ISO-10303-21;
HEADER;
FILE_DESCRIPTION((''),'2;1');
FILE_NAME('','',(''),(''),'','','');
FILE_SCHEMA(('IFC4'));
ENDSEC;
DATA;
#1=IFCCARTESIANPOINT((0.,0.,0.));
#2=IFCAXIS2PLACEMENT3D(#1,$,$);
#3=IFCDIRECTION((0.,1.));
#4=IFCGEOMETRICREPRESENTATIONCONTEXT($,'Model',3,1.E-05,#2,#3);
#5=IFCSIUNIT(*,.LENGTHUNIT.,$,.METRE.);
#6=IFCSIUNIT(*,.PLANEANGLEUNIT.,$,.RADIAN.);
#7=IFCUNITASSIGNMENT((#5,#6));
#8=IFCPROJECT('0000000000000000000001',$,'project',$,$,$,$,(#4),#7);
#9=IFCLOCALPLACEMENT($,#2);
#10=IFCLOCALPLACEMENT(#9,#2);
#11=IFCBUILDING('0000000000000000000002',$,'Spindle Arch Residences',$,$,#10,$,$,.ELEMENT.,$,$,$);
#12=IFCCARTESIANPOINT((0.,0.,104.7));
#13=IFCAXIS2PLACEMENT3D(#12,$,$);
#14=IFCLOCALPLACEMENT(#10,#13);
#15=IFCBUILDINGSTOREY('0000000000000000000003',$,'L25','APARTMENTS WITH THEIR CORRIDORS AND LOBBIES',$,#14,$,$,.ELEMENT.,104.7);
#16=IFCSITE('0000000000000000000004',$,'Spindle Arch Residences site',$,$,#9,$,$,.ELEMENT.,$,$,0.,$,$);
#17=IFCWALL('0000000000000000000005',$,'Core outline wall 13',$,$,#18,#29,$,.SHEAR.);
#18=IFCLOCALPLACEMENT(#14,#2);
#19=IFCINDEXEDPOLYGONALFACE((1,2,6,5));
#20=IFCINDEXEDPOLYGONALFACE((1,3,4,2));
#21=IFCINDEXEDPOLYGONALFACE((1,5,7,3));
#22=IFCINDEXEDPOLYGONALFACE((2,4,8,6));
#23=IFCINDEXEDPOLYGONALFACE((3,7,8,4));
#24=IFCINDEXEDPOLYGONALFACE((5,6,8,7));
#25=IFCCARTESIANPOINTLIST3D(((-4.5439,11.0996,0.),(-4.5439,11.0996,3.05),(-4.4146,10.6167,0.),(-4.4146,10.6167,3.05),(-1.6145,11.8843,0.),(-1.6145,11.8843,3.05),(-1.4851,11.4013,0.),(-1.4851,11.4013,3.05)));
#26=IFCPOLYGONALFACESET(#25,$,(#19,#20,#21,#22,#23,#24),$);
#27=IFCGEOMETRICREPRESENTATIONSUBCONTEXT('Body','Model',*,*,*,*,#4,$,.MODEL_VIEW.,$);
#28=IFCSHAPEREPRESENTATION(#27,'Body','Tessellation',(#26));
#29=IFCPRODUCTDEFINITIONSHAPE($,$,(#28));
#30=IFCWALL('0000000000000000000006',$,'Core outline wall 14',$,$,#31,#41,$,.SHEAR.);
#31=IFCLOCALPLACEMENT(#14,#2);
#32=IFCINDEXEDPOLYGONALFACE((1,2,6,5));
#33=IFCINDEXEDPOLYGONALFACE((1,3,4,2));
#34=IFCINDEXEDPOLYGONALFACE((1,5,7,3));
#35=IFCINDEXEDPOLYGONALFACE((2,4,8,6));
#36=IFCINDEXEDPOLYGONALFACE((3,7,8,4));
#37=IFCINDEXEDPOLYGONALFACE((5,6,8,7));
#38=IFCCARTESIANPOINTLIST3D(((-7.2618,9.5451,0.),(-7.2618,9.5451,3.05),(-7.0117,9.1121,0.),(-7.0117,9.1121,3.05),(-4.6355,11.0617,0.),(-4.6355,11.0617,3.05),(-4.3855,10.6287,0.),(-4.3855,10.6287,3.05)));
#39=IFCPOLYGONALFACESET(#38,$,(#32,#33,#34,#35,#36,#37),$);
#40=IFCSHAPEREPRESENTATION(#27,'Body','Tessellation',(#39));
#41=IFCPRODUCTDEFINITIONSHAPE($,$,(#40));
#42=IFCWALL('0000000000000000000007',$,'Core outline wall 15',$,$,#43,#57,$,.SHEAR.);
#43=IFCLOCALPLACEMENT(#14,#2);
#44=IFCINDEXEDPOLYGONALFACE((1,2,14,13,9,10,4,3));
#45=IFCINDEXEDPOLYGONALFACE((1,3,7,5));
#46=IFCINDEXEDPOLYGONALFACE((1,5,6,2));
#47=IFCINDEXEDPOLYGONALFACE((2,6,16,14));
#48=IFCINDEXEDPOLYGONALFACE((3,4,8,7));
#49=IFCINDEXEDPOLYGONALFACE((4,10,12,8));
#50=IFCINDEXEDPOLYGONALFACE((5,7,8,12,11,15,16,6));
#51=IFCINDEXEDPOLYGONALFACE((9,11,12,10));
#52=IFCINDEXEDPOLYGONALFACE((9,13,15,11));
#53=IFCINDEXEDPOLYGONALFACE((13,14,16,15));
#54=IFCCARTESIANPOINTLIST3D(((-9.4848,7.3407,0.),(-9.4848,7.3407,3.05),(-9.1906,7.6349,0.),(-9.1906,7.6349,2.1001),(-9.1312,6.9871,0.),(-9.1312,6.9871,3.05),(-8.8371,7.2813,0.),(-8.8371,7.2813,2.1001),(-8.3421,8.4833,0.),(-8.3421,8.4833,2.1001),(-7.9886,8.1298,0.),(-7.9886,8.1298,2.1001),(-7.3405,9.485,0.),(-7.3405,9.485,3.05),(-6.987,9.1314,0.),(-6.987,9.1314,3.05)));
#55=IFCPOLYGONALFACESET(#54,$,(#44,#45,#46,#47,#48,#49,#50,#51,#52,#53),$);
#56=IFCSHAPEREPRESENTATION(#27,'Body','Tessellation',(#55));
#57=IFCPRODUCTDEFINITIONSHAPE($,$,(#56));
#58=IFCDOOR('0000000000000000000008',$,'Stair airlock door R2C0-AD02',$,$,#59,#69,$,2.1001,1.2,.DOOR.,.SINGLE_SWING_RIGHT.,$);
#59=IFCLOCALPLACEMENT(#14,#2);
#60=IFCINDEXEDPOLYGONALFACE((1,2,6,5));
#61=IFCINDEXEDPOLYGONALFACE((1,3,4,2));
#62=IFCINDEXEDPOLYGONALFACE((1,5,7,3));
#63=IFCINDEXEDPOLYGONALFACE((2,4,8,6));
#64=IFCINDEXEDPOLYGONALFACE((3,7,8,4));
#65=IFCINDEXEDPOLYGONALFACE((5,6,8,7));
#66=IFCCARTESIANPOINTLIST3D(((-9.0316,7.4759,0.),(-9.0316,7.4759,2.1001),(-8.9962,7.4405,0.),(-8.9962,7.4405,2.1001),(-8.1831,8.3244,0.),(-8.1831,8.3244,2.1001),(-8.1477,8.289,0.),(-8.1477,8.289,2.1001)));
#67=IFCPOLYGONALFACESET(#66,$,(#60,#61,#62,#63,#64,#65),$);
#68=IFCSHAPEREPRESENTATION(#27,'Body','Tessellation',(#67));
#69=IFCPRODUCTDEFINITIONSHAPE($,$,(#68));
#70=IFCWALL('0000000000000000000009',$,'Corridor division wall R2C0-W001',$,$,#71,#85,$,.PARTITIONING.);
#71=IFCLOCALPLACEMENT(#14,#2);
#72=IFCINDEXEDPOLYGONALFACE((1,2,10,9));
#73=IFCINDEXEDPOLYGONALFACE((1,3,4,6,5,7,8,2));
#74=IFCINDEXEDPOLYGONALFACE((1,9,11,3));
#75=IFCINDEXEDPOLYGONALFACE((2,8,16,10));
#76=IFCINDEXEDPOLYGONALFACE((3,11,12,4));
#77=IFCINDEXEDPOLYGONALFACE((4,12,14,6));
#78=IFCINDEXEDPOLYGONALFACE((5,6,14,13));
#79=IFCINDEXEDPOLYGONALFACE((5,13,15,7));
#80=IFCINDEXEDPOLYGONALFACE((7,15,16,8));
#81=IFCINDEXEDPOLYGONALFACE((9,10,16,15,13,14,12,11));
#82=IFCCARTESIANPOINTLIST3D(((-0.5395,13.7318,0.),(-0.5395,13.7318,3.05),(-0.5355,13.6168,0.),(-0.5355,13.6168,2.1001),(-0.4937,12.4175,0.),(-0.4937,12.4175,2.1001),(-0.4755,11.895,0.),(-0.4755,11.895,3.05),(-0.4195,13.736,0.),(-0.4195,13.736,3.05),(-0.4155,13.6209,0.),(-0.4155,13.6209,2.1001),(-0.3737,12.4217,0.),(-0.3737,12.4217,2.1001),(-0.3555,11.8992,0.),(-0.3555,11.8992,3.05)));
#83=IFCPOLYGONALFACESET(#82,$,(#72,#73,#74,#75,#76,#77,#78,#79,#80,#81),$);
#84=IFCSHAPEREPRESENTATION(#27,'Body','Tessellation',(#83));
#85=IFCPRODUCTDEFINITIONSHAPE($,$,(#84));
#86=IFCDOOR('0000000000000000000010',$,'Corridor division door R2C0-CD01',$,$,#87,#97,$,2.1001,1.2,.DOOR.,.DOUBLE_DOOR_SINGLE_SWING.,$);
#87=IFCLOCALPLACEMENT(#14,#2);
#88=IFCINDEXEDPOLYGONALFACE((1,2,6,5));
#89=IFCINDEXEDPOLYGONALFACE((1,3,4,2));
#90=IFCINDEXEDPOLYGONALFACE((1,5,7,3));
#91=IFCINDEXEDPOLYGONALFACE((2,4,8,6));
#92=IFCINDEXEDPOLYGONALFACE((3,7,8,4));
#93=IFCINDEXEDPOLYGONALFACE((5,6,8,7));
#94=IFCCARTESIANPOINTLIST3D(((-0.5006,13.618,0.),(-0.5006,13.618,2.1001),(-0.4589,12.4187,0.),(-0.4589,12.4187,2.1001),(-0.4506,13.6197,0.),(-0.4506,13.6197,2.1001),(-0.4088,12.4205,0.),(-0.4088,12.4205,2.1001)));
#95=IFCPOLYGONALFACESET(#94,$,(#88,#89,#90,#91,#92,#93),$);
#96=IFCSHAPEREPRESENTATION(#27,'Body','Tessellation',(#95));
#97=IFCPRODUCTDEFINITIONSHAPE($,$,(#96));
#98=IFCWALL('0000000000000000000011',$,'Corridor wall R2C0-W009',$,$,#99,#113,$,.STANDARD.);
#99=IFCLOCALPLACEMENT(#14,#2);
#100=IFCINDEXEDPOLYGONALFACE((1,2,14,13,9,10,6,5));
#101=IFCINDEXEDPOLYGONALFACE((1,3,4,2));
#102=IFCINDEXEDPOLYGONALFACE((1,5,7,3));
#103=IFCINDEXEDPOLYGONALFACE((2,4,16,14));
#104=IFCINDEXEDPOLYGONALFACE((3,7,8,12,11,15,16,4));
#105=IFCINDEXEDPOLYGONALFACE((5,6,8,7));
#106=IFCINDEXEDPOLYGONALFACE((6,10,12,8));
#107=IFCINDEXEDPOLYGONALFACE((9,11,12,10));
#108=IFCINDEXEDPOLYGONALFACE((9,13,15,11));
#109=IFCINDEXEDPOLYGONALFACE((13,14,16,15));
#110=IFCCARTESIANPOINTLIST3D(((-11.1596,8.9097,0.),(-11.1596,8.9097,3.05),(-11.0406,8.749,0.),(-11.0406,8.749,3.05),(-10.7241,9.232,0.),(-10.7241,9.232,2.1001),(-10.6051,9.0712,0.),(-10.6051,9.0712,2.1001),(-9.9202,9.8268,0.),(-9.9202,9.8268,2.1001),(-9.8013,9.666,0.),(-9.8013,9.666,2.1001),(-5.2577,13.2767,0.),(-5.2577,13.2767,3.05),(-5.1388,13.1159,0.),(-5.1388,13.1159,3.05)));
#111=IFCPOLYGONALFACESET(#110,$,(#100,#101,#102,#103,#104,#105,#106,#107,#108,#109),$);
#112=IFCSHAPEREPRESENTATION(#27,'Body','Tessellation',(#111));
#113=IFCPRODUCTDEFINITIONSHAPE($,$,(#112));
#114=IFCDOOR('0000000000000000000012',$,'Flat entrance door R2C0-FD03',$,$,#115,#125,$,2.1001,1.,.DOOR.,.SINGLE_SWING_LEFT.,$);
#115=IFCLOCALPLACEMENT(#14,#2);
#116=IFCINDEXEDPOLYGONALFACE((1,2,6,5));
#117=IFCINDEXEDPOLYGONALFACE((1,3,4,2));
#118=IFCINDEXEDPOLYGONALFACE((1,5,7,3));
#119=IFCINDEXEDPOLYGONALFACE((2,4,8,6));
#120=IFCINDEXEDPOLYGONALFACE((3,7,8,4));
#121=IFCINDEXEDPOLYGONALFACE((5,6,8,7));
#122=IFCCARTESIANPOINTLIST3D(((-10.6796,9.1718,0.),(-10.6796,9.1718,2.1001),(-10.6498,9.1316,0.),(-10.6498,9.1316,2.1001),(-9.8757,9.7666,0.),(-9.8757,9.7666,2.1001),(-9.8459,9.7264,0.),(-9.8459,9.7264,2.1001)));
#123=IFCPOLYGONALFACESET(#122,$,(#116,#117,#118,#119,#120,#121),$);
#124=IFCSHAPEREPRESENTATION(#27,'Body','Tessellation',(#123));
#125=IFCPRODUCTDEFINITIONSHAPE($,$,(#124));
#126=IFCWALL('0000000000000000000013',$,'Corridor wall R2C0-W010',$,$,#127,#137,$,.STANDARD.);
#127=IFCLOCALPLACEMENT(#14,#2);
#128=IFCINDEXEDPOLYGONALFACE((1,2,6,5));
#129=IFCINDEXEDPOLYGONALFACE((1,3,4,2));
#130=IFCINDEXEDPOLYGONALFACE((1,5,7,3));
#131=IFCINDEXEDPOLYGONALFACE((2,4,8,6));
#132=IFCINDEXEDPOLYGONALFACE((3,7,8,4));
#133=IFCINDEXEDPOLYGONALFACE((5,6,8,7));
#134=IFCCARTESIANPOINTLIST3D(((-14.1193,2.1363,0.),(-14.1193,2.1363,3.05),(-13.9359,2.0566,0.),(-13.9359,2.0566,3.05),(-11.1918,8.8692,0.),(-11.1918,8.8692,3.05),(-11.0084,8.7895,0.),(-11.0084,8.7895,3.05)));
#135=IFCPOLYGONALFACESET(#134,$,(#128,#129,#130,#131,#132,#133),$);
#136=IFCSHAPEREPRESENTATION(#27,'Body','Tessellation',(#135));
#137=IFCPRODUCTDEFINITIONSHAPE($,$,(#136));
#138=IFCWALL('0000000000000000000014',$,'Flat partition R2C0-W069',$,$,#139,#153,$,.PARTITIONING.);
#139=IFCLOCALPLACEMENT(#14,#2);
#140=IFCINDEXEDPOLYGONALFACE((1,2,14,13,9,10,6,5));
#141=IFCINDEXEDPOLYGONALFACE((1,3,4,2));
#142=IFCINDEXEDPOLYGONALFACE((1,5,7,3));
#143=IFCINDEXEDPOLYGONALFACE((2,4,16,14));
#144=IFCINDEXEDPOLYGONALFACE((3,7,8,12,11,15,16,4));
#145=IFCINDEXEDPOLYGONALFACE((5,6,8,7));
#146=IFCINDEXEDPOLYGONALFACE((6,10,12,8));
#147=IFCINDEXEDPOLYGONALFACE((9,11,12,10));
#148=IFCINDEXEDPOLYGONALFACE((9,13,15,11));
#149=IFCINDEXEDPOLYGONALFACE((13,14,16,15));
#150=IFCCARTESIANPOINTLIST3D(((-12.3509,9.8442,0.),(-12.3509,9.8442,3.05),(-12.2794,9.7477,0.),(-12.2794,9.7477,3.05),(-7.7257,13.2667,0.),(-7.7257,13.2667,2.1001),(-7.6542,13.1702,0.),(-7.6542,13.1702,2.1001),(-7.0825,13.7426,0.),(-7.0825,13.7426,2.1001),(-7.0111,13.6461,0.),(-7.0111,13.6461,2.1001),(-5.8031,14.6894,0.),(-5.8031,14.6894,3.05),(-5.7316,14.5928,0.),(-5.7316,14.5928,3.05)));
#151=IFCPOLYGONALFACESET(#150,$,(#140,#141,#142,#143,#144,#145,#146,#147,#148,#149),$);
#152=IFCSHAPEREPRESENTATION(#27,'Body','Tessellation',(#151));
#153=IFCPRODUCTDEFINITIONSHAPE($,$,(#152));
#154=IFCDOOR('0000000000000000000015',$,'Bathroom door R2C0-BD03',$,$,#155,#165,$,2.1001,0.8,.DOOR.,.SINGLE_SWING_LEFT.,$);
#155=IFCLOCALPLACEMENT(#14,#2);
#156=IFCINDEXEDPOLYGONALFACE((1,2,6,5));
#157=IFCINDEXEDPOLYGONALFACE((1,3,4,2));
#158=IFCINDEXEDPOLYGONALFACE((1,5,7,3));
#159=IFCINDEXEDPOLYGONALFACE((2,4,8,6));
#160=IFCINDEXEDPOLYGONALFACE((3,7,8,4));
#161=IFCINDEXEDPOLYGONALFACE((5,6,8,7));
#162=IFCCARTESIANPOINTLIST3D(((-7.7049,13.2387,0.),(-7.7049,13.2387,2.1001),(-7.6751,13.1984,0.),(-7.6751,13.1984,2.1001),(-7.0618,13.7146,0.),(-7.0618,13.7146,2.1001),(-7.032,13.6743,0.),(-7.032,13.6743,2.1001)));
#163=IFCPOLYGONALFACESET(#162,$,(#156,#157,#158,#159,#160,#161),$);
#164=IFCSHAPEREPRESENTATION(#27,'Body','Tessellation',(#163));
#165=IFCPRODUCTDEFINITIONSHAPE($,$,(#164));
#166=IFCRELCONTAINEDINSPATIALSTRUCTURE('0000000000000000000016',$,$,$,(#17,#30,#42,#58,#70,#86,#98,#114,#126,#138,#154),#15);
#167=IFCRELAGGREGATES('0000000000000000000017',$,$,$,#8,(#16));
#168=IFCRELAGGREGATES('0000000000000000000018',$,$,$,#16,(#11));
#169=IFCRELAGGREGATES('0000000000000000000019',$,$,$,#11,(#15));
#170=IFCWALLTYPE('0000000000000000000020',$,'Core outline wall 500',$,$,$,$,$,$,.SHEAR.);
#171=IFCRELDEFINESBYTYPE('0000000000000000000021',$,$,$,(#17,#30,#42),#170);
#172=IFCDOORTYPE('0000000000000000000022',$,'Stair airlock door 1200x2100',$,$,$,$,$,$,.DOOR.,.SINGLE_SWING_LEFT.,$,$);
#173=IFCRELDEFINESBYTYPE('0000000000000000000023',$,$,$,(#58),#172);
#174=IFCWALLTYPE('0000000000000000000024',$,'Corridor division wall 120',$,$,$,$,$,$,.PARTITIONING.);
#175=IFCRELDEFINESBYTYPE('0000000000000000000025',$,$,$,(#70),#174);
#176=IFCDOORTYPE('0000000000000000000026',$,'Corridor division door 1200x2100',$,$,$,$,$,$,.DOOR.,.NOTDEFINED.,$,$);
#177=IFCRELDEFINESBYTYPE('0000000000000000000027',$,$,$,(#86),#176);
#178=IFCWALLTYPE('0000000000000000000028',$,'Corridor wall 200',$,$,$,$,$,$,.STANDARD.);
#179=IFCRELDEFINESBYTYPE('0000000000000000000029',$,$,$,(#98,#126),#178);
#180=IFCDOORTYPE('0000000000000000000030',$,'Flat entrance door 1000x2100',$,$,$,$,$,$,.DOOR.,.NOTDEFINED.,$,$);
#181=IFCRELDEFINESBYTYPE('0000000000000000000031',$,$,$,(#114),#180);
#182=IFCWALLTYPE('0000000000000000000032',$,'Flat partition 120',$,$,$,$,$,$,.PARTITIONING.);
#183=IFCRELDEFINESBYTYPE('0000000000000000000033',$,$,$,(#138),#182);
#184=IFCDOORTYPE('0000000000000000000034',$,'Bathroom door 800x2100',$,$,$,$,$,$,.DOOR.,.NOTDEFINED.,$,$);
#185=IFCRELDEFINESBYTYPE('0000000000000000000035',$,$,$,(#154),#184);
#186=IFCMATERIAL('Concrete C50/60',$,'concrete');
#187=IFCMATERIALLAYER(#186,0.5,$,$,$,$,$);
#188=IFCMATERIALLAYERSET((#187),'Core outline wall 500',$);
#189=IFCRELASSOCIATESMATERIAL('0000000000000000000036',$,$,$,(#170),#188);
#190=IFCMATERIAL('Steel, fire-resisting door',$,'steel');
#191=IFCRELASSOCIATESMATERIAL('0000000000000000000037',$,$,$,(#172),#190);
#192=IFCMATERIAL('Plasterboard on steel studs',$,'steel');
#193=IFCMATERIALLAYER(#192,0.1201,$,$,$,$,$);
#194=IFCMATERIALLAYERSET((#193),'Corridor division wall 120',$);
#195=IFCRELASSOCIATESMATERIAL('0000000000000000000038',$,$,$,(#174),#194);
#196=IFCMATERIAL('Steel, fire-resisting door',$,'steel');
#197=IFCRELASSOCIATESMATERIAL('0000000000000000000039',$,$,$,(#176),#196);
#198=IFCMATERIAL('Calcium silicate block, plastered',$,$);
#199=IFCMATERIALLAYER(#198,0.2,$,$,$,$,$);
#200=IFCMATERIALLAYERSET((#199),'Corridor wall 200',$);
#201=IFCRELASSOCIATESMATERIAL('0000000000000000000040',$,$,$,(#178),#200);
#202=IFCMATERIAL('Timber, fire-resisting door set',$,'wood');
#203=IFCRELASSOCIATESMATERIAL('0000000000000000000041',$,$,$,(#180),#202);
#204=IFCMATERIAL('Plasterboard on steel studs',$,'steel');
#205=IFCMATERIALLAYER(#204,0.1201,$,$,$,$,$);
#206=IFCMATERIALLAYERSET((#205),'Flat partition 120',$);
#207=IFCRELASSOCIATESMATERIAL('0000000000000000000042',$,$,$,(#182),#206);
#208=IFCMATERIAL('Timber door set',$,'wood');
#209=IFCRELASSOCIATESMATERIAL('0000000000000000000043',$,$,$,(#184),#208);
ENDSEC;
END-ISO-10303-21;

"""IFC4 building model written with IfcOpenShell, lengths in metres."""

from ifc_helpers import new_model, si_unit, direction, frame, frame_2d, origin, place, context, subcontext, project, spatial, rectangle, extrude, material, layer, layer_set, type_object, element, fill, save


model = new_model("IFC4")

# Units and contexts
model_context = context("Model", 3, precision=1e-05, world=origin(), true_north=direction((0.0, 1.0)))
body_context = subcontext(model_context, "Body", "Model", "MODEL_VIEW")
ifc_project = project(units=[si_unit("LENGTHUNIT", "METRE"), si_unit("PLANEANGLEUNIT", "RADIAN")], contexts=[model_context])

# Site, building, storey
site_placement = place(None, origin())
site = spatial("IfcSite", under=ifc_project, at=site_placement, Name="Spindle Arch Residences site", CompositionType="ELEMENT", RefElevation=0.0)
building_placement = place(site_placement, origin())
building = spatial("IfcBuilding", under=site, at=building_placement, Name="Spindle Arch Residences", CompositionType="ELEMENT")
storey_placement = place(building_placement, frame((0.0, 0.0, 104.7)))
storey = spatial("IfcBuildingStorey", under=building, at=storey_placement, Name="L25", Description="APARTMENTS WITH THEIR CORRIDORS AND LOBBIES", CompositionType="ELEMENT", Elevation=104.7)

# Walls
ifc_material_1 = material(Name="Concrete C50/60", Category="concrete")
ifc_layer_1 = layer(ifc_material_1, 0.5)
ifc_layer_set_1 = layer_set([ifc_layer_1], Name="Core outline wall 500")
wall_type_1 = type_object("IfcWallType", Name="Core outline wall 500", PredefinedType="SHEAR", material=ifc_layer_set_1)
for number, where, z_axis, x_axis, name in (
    (1, (-1.5498, 11.6428, 0.0), (0.0, 0.0, 1.0), (-0.965948, -0.258735, 0.0), "Core outline wall 13"),
    (2, (-4.5105, 10.8452, 0.0), (0.0, 0.0, 1.0), (-0.865975, -0.500087, 0.0), "Core outline wall 14"),
):
    element("IfcWall", number, at=place(storey_placement, frame(where, z_axis=z_axis, x_axis=x_axis)), inside=storey, type_object=wall_type_1, Name=name, PredefinedType="SHEAR", context=body_context, shape_type="SweptSolid", body=[
        extrude(rectangle(XDim=3.0327, YDim=0.5, at=frame_2d((1.5164, 0.0))), origin(), (0.0, 0.0, 1.0), 3.05),
    ])

# Walls, openings, doors
wall_1_placement = place(storey_placement, frame((-7.1638, 9.3081, 0.0), z_axis=(0.0, 0.0, 1.0), x_axis=(-0.707107, -0.707107, 0.0)))
wall_1 = element("IfcWall", 3, at=wall_1_placement, inside=storey, type_object=wall_type_1, Name="Core outline wall 15", PredefinedType="SHEAR", context=body_context, shape_type="SweptSolid", body=[
    extrude(rectangle(XDim=3.0325, YDim=0.5, at=frame_2d((1.5161, 0.0))), origin(), (0.0, 0.0, 1.0), 3.05),
])
opening_1_placement = place(wall_1_placement, frame((1.4163, 0.0, 0.0)))
opening_1 = element("IfcOpeningElement", 4, at=opening_1_placement, cuts=wall_1, PredefinedType="OPENING", context=body_context, shape_type="SweptSolid", body=[
    extrude(rectangle(XDim=1.2, YDim=2.1001, at=frame_2d((0.6001, 1.05))), frame((0.0, 0.26, 0.0), z_axis=(0.0, -1.0, 0.0), x_axis=(1.0, 0.0, 0.0)), (0.0, 0.0, 1.0), 0.52),
])
ifc_material_2 = material(Name="Steel, fire-resisting door", Category="steel")
door_type_1 = type_object("IfcDoorType", Name="Stair airlock door 1200x2100", OperationType="SINGLE_SWING_LEFT", PredefinedType="DOOR", material=ifc_material_2)
door_1_placement = place(opening_1_placement, origin())
door_1 = element("IfcDoor", 5, at=door_1_placement, inside=storey, type_object=door_type_1, Name="Stair airlock door R2C0-AD02", OperationType="SINGLE_SWING_RIGHT", OverallHeight=2.1001, OverallWidth=1.2, PredefinedType="DOOR", context=body_context, shape_type="SweptSolid", body=[
    extrude(rectangle(XDim=1.2, YDim=2.1001, at=frame_2d((0.6001, 1.05))), frame((0.0, 0.0249, 0.0), z_axis=(0.0, -1.0, 0.0), x_axis=(1.0, 0.0, 0.0)), (0.0, 0.0, 1.0), 0.05),
])
fill(opening_1, door_1)
ifc_material_3 = material(Name="Plasterboard on steel studs", Category="steel")
ifc_layer_2 = layer(ifc_material_3, 0.1201)
ifc_layer_set_2 = layer_set([ifc_layer_2], Name="Corridor division wall 120")
wall_type_2 = type_object("IfcWallType", Name="Corridor division wall 120", PredefinedType="PARTITIONING", material=ifc_layer_set_2)
wall_2_placement = place(storey_placement, frame((-0.4795, 13.7339, 0.0), z_axis=(0.0, 0.0, 1.0), x_axis=(0.034805, -0.999394, 0.0)))
wall_2 = element("IfcWall", 6, at=wall_2_placement, inside=storey, type_object=wall_type_2, Name="Corridor division wall R2C0-W001", PredefinedType="PARTITIONING", context=body_context, shape_type="SweptSolid", body=[
    extrude(rectangle(XDim=1.8379, YDim=0.1201, at=frame_2d((0.9189, 0.0))), origin(), (0.0, 0.0, 1.0), 3.05),
])
opening_2_placement = place(wall_2_placement, frame((0.115, 0.0, 0.0)))
opening_2 = element("IfcOpeningElement", 7, at=opening_2_placement, cuts=wall_2, PredefinedType="OPENING", context=body_context, shape_type="SweptSolid", body=[
    extrude(rectangle(XDim=1.2, YDim=2.1001, at=frame_2d((0.6001, 1.05))), frame((0.0, 0.0701, 0.0), z_axis=(0.0, -1.0, 0.0), x_axis=(1.0, 0.0, 0.0)), (0.0, 0.0, 1.0), 0.1401),
])
ifc_material_4 = material(Name="Steel, fire-resisting door", Category="steel")
door_type_2 = type_object("IfcDoorType", Name="Corridor division door 1200x2100", OperationType="NOTDEFINED", PredefinedType="DOOR", material=ifc_material_4)
door_2_placement = place(opening_2_placement, origin())
door_2 = element("IfcDoor", 8, at=door_2_placement, inside=storey, type_object=door_type_2, Name="Corridor division door R2C0-CD01", OperationType="DOUBLE_DOOR_SINGLE_SWING", OverallHeight=2.1001, OverallWidth=1.2, PredefinedType="DOOR", context=body_context, shape_type="SweptSolid", body=[
    extrude(rectangle(XDim=1.2, YDim=2.1001, at=frame_2d((0.6001, 1.05))), frame((0.0, 0.0249, 0.0), z_axis=(0.0, -1.0, 0.0), x_axis=(1.0, 0.0, 0.0)), (0.0, 0.0, 1.0), 0.05),
])
fill(opening_2, door_2)
ifc_material_5 = material(Name="Calcium silicate block, plastered")
ifc_layer_3 = layer(ifc_material_5, 0.2)
ifc_layer_set_3 = layer_set([ifc_layer_3], Name="Corridor wall 200")
wall_type_3 = type_object("IfcWallType", Name="Corridor wall 200", PredefinedType="STANDARD", material=ifc_layer_set_3)
wall_3_placement = place(storey_placement, frame((-5.1982, 13.1963, 0.0), z_axis=(0.0, 0.0, 1.0), x_axis=(-0.80387, -0.594805, 0.0)))
wall_3 = element("IfcWall", 9, at=wall_3_placement, inside=storey, type_object=wall_type_3, Name="Corridor wall R2C0-W009", PredefinedType="STANDARD", context=body_context, shape_type="SweptSolid", body=[
    extrude(rectangle(XDim=7.3418, YDim=0.2, at=frame_2d((3.6709, 0.0))), origin(), (0.0, 0.0, 1.0), 3.05),
])
opening_3_placement = place(wall_3_placement, frame((5.8, 0.0, 0.0)))
opening_3 = element("IfcOpeningElement", 10, at=opening_3_placement, cuts=wall_3, PredefinedType="OPENING", context=body_context, shape_type="SweptSolid", body=[
    extrude(rectangle(XDim=1.0, YDim=2.1001, at=frame_2d((0.5, 1.05))), frame((0.0, 0.1099, 0.0), z_axis=(0.0, -1.0, 0.0), x_axis=(1.0, 0.0, 0.0)), (0.0, 0.0, 1.0), 0.22),
])
ifc_material_6 = material(Name="Timber, fire-resisting door set", Category="wood")
door_type_3 = type_object("IfcDoorType", Name="Flat entrance door 1000x2100", OperationType="NOTDEFINED", PredefinedType="DOOR", material=ifc_material_6)
door_3_placement = place(opening_3_placement, origin())
door_3 = element("IfcDoor", 11, at=door_3_placement, inside=storey, type_object=door_type_3, Name="Flat entrance door R2C0-FD03", OperationType="SINGLE_SWING_LEFT", OverallHeight=2.1001, OverallWidth=1.0, PredefinedType="DOOR", context=body_context, shape_type="SweptSolid", body=[
    extrude(rectangle(XDim=1.0, YDim=2.1001, at=frame_2d((0.5, 1.05))), frame((0.0, 0.0249, 0.0), z_axis=(0.0, -1.0, 0.0), x_axis=(1.0, 0.0, 0.0)), (0.0, 0.0, 1.0), 0.05),
])
fill(opening_3, door_3)

# Wall
wall_4_placement = place(storey_placement, frame((-11.1001, 8.8293, 0.0), z_axis=(0.0, 0.0, 1.0), x_axis=(-0.398742, -0.917063, 0.0)))
element("IfcWall", 12, at=wall_4_placement, inside=storey, type_object=wall_type_3, Name="Corridor wall R2C0-W010", PredefinedType="STANDARD", context=body_context, shape_type="SweptSolid", body=[
    extrude(rectangle(XDim=7.3418, YDim=0.2, at=frame_2d((3.6709, 0.0))), origin(), (0.0, 0.0, 1.0), 3.05),
])

# Wall, opening, door
ifc_material_7 = material(Name="Plasterboard on steel studs", Category="steel")
ifc_layer_4 = layer(ifc_material_7, 0.1201)
ifc_layer_set_4 = layer_set([ifc_layer_4], Name="Flat partition 120")
wall_type_4 = type_object("IfcWallType", Name="Flat partition 120", PredefinedType="PARTITIONING", material=ifc_layer_set_4)
wall_5_placement = place(storey_placement, frame((-5.7673, 14.6411, 0.0), z_axis=(0.0, 0.0, 1.0), x_axis=(-0.803853, -0.594828, 0.0)))
wall_5 = element("IfcWall", 13, at=wall_5_placement, inside=storey, type_object=wall_type_4, Name="Flat partition R2C0-W069", PredefinedType="PARTITIONING", context=body_context, shape_type="SweptSolid", body=[
    extrude(rectangle(XDim=8.1455, YDim=0.1201, at=frame_2d((4.0728, 0.0))), origin(), (0.0, 0.0, 1.0), 3.05),
])
opening_4_placement = place(wall_5_placement, frame((1.5918, 0.0, 0.0)))
opening_4 = element("IfcOpeningElement", 14, at=opening_4_placement, cuts=wall_5, PredefinedType="OPENING", context=body_context, shape_type="SweptSolid", body=[
    extrude(rectangle(XDim=0.8, YDim=2.1001, at=frame_2d((0.3999, 1.05))), frame((0.0, 0.0701, 0.0), z_axis=(0.0, -1.0, 0.0), x_axis=(1.0, 0.0, 0.0)), (0.0, 0.0, 1.0), 0.1401),
])
ifc_material_8 = material(Name="Timber door set", Category="wood")
door_type_4 = type_object("IfcDoorType", Name="Bathroom door 800x2100", OperationType="NOTDEFINED", PredefinedType="DOOR", material=ifc_material_8)
door_4_placement = place(opening_4_placement, origin())
door_4 = element("IfcDoor", 15, at=door_4_placement, inside=storey, type_object=door_type_4, Name="Bathroom door R2C0-BD03", OperationType="SINGLE_SWING_LEFT", OverallHeight=2.1001, OverallWidth=0.8, PredefinedType="DOOR", context=body_context, shape_type="SweptSolid", body=[
    extrude(rectangle(XDim=0.8, YDim=2.1001, at=frame_2d((0.3999, 1.05))), frame((0.0, 0.0249, 0.0), z_axis=(0.0, -1.0, 0.0), x_axis=(1.0, 0.0, 0.0)), (0.0, 0.0, 1.0), 0.05),
])
fill(opening_4, door_4)

save(model, "model.ifc")
